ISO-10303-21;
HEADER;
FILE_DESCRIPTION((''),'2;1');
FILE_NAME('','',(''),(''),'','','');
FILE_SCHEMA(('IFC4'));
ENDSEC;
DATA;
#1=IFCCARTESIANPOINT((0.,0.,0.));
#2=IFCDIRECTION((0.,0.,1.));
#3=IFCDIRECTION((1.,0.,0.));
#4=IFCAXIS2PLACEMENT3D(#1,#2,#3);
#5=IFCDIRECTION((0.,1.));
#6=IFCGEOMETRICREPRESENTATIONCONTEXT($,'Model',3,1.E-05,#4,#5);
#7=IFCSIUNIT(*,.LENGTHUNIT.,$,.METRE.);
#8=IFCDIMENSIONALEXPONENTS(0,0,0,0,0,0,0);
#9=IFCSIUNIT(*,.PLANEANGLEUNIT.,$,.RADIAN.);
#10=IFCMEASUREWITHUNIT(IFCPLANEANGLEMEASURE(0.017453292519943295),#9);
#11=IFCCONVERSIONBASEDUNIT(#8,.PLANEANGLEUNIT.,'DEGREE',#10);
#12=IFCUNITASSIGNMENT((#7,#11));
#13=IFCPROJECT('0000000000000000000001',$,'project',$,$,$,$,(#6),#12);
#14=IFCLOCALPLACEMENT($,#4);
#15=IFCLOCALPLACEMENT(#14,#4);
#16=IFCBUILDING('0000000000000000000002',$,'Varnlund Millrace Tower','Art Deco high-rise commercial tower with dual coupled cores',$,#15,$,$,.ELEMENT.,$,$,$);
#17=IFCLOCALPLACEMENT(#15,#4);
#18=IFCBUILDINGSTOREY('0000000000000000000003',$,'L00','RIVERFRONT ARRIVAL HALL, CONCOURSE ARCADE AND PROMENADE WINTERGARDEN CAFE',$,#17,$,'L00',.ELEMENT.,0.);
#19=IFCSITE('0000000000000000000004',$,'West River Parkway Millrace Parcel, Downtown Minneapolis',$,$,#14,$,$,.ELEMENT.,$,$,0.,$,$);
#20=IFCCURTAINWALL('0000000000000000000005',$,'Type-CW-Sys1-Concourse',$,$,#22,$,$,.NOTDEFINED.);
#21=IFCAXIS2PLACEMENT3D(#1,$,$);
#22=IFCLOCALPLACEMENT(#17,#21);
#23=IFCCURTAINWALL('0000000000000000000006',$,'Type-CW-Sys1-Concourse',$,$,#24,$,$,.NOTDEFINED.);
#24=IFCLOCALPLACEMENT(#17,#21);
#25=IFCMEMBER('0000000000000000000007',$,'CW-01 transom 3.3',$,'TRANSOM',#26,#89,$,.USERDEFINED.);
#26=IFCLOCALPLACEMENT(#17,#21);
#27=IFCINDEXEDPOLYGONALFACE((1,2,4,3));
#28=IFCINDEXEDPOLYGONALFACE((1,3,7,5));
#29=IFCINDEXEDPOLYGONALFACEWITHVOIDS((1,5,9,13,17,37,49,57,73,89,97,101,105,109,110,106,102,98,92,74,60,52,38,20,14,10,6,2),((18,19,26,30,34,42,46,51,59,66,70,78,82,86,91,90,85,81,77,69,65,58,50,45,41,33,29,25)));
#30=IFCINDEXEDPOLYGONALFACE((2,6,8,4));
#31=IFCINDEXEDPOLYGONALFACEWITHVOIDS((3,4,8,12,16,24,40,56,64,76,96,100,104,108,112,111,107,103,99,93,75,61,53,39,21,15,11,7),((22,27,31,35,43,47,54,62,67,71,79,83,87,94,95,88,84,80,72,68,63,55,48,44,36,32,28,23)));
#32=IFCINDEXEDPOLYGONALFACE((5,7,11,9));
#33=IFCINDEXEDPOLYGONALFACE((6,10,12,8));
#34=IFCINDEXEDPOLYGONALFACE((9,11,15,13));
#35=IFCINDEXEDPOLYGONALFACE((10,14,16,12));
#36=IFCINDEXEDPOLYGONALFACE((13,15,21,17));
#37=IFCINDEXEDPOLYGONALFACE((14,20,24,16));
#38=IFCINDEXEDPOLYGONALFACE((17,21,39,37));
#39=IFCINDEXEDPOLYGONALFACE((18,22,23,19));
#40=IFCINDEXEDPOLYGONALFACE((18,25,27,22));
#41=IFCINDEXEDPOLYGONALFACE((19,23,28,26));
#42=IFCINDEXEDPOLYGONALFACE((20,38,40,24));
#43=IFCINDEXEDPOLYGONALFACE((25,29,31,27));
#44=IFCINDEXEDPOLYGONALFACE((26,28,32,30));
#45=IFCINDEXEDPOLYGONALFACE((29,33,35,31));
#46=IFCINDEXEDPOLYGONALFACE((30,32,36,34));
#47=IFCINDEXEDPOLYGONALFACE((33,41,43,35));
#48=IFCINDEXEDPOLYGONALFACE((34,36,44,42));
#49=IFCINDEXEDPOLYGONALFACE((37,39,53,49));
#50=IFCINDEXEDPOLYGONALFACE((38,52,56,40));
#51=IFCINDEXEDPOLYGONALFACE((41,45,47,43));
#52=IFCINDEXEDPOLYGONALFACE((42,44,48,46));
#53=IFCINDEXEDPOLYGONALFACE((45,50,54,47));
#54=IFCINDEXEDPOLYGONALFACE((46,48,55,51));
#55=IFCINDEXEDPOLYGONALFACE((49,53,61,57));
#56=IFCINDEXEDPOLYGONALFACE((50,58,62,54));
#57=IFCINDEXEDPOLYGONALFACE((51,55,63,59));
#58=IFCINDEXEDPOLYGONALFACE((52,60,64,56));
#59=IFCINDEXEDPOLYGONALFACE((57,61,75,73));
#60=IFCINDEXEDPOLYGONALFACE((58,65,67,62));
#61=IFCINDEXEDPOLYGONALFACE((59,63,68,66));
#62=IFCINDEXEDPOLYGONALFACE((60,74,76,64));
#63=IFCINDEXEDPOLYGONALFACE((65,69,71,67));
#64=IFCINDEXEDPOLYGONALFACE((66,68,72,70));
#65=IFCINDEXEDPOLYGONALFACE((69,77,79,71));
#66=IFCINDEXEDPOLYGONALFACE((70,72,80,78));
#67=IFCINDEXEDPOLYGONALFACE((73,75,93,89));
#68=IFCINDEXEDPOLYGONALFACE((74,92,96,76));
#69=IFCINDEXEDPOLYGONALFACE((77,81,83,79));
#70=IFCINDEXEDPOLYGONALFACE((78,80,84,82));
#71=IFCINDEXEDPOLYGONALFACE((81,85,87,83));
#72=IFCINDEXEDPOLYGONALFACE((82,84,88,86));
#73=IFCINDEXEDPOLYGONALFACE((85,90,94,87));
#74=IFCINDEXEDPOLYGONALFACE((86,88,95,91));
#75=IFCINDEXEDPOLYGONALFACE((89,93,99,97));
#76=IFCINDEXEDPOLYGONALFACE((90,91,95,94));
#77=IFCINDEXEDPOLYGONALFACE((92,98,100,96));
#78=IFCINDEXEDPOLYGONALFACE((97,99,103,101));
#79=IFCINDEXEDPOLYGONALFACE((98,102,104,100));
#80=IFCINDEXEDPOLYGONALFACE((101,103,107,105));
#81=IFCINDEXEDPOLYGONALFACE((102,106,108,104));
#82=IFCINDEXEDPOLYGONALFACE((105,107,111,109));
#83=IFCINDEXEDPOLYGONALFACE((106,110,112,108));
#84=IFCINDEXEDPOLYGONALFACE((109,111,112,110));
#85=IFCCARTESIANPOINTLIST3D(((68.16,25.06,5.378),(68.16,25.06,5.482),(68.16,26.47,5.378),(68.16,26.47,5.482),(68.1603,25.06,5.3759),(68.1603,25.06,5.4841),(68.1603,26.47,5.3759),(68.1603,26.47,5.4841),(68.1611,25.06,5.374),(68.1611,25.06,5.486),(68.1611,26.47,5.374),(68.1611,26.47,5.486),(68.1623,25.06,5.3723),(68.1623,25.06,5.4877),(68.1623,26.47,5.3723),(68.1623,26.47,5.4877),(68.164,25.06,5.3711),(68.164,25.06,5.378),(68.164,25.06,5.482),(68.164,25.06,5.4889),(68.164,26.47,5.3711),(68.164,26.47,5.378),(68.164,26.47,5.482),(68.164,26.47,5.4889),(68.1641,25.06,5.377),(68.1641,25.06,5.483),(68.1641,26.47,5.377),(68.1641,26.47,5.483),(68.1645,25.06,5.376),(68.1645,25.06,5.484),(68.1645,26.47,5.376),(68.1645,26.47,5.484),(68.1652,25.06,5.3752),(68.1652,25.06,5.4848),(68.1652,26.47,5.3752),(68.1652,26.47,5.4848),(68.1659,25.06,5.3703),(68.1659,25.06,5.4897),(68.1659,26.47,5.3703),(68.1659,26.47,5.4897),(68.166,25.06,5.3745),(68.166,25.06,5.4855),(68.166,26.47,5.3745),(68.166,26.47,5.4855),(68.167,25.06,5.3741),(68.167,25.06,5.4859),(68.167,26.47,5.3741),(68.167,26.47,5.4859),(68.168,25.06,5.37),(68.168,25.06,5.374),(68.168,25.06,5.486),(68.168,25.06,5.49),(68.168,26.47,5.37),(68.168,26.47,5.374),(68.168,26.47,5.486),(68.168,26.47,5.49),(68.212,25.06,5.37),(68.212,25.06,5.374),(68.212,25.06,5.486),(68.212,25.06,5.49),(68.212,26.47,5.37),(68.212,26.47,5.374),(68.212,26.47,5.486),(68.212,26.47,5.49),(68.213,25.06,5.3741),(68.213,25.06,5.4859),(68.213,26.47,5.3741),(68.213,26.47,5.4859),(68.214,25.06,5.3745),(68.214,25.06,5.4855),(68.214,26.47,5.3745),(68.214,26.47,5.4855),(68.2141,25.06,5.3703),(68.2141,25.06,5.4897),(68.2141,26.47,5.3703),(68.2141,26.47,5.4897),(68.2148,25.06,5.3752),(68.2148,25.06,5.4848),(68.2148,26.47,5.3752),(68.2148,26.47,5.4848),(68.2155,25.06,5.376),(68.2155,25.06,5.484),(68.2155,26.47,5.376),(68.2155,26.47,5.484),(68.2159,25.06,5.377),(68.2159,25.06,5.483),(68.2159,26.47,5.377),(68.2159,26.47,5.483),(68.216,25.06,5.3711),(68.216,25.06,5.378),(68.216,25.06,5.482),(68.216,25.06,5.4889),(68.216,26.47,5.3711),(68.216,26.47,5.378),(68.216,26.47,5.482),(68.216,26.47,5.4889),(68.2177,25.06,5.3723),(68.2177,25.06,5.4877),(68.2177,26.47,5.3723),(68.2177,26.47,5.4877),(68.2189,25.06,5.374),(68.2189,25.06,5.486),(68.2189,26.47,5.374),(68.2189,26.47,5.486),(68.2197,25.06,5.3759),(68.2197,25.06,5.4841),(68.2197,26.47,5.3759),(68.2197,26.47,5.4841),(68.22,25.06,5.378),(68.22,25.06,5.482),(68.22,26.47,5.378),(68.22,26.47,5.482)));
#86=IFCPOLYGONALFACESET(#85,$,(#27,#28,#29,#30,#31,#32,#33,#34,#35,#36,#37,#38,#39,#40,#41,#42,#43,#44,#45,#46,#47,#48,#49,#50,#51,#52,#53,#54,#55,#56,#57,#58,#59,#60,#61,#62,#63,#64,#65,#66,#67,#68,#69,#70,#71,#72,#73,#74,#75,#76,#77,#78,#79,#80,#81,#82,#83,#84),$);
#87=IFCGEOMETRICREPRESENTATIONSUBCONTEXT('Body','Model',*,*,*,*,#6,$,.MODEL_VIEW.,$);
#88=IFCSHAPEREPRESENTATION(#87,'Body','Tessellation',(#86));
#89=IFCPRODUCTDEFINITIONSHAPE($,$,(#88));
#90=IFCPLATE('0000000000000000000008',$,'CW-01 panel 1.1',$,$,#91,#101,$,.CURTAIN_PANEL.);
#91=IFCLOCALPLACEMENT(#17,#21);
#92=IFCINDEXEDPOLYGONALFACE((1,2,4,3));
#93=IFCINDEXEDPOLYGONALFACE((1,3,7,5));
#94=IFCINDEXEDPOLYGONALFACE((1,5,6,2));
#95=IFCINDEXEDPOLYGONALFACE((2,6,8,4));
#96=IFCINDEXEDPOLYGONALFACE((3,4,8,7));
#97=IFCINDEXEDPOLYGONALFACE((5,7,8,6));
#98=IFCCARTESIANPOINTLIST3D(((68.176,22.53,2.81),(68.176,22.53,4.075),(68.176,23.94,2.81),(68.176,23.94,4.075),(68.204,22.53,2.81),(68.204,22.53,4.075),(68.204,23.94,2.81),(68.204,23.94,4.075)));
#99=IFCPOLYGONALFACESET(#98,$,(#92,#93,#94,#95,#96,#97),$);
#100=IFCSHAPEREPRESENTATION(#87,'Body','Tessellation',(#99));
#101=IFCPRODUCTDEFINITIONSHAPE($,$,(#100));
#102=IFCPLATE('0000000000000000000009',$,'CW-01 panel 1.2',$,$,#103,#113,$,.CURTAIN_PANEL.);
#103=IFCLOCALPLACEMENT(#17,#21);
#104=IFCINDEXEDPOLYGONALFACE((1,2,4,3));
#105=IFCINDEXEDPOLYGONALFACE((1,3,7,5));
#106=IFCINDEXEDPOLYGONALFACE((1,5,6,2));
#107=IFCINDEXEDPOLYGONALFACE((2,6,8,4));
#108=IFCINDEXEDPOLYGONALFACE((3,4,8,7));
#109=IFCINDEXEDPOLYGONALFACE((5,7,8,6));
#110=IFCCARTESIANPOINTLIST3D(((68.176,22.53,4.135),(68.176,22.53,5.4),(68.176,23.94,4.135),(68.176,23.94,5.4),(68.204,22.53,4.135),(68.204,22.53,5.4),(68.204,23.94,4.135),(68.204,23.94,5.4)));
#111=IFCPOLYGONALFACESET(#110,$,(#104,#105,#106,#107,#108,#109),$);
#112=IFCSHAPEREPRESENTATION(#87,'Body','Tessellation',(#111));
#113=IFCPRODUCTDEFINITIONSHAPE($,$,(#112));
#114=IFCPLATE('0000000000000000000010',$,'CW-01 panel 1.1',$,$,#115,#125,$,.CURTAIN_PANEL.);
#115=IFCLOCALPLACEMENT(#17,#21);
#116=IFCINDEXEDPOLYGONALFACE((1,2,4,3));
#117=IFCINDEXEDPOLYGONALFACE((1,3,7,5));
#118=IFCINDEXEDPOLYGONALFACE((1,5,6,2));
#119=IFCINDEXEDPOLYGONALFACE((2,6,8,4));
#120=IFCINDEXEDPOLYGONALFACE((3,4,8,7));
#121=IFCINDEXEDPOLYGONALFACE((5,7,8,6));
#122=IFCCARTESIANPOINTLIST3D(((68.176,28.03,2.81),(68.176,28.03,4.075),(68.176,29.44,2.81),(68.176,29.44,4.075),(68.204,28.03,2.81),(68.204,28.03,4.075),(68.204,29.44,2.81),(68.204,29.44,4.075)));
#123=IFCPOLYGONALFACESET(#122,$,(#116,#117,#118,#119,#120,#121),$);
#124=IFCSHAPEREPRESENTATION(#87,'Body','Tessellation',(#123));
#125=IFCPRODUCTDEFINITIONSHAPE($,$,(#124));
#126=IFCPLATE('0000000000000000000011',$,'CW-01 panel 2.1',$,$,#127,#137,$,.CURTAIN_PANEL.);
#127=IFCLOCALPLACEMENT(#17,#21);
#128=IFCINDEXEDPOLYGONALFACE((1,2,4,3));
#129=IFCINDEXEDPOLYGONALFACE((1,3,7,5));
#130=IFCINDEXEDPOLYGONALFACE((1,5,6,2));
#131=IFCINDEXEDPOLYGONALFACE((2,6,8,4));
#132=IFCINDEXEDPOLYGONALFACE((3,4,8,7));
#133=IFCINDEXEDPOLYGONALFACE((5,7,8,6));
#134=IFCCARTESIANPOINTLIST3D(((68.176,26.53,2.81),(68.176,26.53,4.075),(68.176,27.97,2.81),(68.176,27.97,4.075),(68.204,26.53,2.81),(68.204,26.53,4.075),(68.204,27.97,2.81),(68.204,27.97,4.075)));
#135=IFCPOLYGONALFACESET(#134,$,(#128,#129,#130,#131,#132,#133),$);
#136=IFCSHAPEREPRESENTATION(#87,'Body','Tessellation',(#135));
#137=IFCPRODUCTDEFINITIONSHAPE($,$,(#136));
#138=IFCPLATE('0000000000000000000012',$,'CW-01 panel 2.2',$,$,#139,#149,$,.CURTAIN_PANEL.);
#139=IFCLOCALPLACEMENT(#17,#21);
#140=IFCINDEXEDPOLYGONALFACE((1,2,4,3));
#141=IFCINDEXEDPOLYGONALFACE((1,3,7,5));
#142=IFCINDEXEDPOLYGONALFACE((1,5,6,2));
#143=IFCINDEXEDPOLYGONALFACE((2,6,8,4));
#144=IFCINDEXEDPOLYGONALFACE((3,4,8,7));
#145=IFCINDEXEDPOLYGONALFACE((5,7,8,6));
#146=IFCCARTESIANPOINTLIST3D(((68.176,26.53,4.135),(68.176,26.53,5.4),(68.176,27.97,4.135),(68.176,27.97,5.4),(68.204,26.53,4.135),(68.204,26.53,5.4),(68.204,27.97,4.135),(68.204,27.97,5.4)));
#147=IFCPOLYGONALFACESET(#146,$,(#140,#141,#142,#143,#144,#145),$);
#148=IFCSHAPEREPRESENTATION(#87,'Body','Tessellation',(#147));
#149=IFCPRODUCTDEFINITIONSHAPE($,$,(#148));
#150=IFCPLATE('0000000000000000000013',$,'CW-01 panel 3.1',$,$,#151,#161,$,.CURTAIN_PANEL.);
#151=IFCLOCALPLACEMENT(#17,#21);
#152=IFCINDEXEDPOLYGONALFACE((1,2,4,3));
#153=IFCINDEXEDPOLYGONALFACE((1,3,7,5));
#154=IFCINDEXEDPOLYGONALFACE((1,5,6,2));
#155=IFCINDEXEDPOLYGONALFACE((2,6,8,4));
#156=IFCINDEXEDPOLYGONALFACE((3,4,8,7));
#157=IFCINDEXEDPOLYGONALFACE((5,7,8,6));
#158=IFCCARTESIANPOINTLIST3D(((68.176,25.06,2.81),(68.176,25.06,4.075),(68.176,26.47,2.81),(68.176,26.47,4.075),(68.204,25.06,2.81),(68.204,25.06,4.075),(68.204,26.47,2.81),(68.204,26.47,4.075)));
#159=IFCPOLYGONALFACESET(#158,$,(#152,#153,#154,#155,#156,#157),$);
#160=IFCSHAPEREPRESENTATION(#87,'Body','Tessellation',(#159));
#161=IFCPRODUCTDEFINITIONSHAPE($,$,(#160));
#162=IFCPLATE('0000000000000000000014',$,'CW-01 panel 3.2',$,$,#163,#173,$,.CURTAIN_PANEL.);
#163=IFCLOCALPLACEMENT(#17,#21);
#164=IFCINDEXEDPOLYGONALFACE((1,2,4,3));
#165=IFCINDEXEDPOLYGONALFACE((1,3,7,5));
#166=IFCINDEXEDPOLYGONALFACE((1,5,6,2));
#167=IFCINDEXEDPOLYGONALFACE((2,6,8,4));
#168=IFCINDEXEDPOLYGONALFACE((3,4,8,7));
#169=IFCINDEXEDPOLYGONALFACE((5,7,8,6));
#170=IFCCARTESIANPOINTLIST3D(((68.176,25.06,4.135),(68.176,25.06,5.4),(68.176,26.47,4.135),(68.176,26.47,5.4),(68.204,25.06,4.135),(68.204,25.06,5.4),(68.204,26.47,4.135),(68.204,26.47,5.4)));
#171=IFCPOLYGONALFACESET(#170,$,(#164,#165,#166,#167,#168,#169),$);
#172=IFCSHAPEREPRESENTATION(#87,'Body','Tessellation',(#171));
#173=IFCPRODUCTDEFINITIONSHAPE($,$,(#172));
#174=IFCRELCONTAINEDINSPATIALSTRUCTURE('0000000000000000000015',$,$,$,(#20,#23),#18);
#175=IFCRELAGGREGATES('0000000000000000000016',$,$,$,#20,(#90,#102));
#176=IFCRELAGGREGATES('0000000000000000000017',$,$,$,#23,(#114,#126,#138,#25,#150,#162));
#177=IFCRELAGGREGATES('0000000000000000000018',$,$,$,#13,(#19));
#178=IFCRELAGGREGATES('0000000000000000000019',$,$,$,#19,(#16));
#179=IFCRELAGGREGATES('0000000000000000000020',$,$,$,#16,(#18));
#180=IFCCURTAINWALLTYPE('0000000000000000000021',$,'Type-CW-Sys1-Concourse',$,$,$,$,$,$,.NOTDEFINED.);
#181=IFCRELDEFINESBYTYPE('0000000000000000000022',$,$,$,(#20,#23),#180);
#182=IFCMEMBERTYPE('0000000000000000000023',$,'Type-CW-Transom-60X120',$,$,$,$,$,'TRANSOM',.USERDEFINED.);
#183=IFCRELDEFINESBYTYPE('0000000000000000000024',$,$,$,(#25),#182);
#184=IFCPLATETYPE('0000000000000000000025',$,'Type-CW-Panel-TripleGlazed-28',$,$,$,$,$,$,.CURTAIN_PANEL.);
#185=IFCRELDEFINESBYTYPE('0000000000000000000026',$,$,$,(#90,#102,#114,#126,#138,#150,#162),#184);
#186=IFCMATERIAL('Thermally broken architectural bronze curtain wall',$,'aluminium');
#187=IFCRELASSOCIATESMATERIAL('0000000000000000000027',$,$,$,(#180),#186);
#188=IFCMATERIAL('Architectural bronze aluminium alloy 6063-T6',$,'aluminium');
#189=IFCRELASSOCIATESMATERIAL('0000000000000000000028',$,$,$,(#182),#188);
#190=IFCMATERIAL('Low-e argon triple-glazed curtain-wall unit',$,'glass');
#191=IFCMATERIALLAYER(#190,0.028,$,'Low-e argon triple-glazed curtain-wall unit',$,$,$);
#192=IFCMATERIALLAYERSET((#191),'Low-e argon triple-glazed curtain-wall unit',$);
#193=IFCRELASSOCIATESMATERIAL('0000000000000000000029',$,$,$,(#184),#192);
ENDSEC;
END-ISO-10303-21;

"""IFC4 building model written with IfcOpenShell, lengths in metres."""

from ifc_helpers import new_model, entity, si_unit, converted_unit, direction, frame, origin_with_axes, origin_2d_with_axis, place, context, subcontext, project, spatial, rectangle, hollow_rectangle, extrude, material, layer, layer_set, material_profile, profile_set, type_object, element, aggregate, save


model = new_model("IFC4")

# Units and contexts
model_context = context("Model", 3, precision=1e-05, world=origin_with_axes(), true_north=direction((0.0, 1.0)))
body_context = subcontext(model_context, "Body", "Model", "MODEL_VIEW")
ifc_project = project(units=[si_unit("LENGTHUNIT", "METRE"), converted_unit("PLANEANGLEUNIT", "DEGREE", entity("IfcPlaneAngleMeasure", 0.017453292519943295), si_unit("PLANEANGLEUNIT", "RADIAN"), dimensions=[0, 0, 0, 0, 0, 0, 0])], contexts=[model_context])

# Site, building, storey
site_placement = place(None, origin_with_axes())
site = spatial("IfcSite", under=ifc_project, at=site_placement, Name="West River Parkway Millrace Parcel, Downtown Minneapolis", CompositionType="ELEMENT", RefElevation=0.0)
building_placement = place(site_placement, origin_with_axes())
building = spatial("IfcBuilding", under=site, at=building_placement, Name="Varnlund Millrace Tower", Description="Art Deco high-rise commercial tower with dual coupled cores", CompositionType="ELEMENT")
storey_placement = place(building_placement, origin_with_axes())
storey = spatial("IfcBuildingStorey", under=building, at=storey_placement, Name="L00", Description="RIVERFRONT ARRIVAL HALL, CONCOURSE ARCADE AND PROMENADE WINTERGARDEN CAFE", LongName="L00", CompositionType="ELEMENT", Elevation=0.0)

# Curtain walls
ifc_material_1 = material(Name="Thermally broken architectural bronze curtain wall", Category="aluminium")
curtain_wall_type = type_object("IfcCurtainWallType", Name="Type-CW-Sys1-Concourse", PredefinedType="NOTDEFINED", material=ifc_material_1)
curtain_wall_1_placement = place(storey_placement, frame((68.19, 24.0, 2.75), z_axis=(0.0, 0.0, 1.0), x_axis=(1.0, 0.0, 0.0)))
curtain_wall_1 = element("IfcCurtainWall", 1, at=curtain_wall_1_placement, inside=storey, type_object=curtain_wall_type, Name="Type-CW-Sys1-Concourse", PredefinedType="NOTDEFINED")
ifc_material_2 = material(Name="Architectural bronze aluminium alloy 6063-T6", Category="aluminium")
curtain_wall_2_placement = place(storey_placement, frame((68.19, 29.5, 2.75), z_axis=(0.0, 0.0, 1.0), x_axis=(1.0, 0.0, 0.0)))
curtain_wall_2 = element("IfcCurtainWall", 2, at=curtain_wall_2_placement, inside=storey, type_object=curtain_wall_type, Name="Type-CW-Sys1-Concourse", PredefinedType="NOTDEFINED")

# Member
ifc_material_profile_1 = material_profile(ifc_material_2, hollow_rectangle(XDim=0.06, YDim=0.12, WallThickness=0.004, InnerFilletRadius=0.004, OuterFilletRadius=0.008, at=origin_2d_with_axis()), Name="Architectural bronze aluminium alloy 6063-T6")
ifc_profile_set_1 = profile_set([ifc_material_profile_1], Name="Architectural bronze aluminium alloy 6063-T6")
member_type_1 = type_object("IfcMemberType", Name="Type-CW-Transom-60X120", ElementType="TRANSOM", PredefinedType="USERDEFINED", material=ifc_profile_set_1)
member_1_placement = place(storey_placement, frame((68.19, 26.47, 5.43), z_axis=(0.0, -1.0, 0.0), x_axis=(1.0, 0.0, 0.0)))
member_1 = element("IfcMember", 3, at=member_1_placement, type_object=member_type_1, Name="CW-01 transom 3.3", ObjectType="TRANSOM", PredefinedType="USERDEFINED", context=body_context, shape_type="SweptSolid", body=[
    extrude(hollow_rectangle(XDim=0.06, YDim=0.12, WallThickness=0.004, InnerFilletRadius=0.004, OuterFilletRadius=0.008, at=origin_2d_with_axis()), origin_with_axes(), (0.0, 0.0, 1.0), 1.41),
])

# Plates
ifc_material_3 = material(Name="Low-e argon triple-glazed curtain-wall unit", Category="glass")
ifc_layer = layer(ifc_material_3, 0.028, Name="Low-e argon triple-glazed curtain-wall unit")
ifc_layer_set = layer_set([ifc_layer], Name="Low-e argon triple-glazed curtain-wall unit")
plate_type = type_object("IfcPlateType", Name="Type-CW-Panel-TripleGlazed-28", PredefinedType="CURTAIN_PANEL", material=ifc_layer_set)
plate_1_placement = place(storey_placement, frame((68.19, 23.235, 2.81), z_axis=(0.0, 0.0, 1.0), x_axis=(0.0, -1.0, 0.0)))
plate_1 = element("IfcPlate", 4, at=plate_1_placement, type_object=plate_type, Name="CW-01 panel 1.1", PredefinedType="CURTAIN_PANEL", context=body_context, shape_type="SweptSolid", body=[
    extrude(rectangle(XDim=1.41, YDim=0.028, at=origin_2d_with_axis()), origin_with_axes(), (0.0, 0.0, 1.0), 1.265),
])
plate_2_placement = place(storey_placement, frame((68.19, 23.235, 4.135), z_axis=(0.0, 0.0, 1.0), x_axis=(0.0, -1.0, 0.0)))
plate_2 = element("IfcPlate", 5, at=plate_2_placement, type_object=plate_type, Name="CW-01 panel 1.2", PredefinedType="CURTAIN_PANEL", context=body_context, shape_type="SweptSolid", body=[
    extrude(rectangle(XDim=1.41, YDim=0.028, at=origin_2d_with_axis()), origin_with_axes(), (0.0, 0.0, 1.0), 1.265),
])
aggregate(curtain_wall_1, [plate_1, plate_2])
plate_3_placement = place(storey_placement, frame((68.19, 28.735, 2.81), z_axis=(0.0, 0.0, 1.0), x_axis=(0.0, -1.0, 0.0)))
plate_3 = element("IfcPlate", 6, at=plate_3_placement, type_object=plate_type, Name="CW-01 panel 1.1", PredefinedType="CURTAIN_PANEL", context=body_context, shape_type="SweptSolid", body=[
    extrude(rectangle(XDim=1.41, YDim=0.028, at=origin_2d_with_axis()), origin_with_axes(), (0.0, 0.0, 1.0), 1.265),
])
plate_4_placement = place(storey_placement, frame((68.19, 27.25, 2.81), z_axis=(0.0, 0.0, 1.0), x_axis=(0.0, -1.0, 0.0)))
plate_4 = element("IfcPlate", 7, at=plate_4_placement, type_object=plate_type, Name="CW-01 panel 2.1", PredefinedType="CURTAIN_PANEL", context=body_context, shape_type="SweptSolid", body=[
    extrude(rectangle(XDim=1.44, YDim=0.028, at=origin_2d_with_axis()), origin_with_axes(), (0.0, 0.0, 1.0), 1.265),
])
plate_5_placement = place(storey_placement, frame((68.19, 27.25, 4.135), z_axis=(0.0, 0.0, 1.0), x_axis=(0.0, -1.0, 0.0)))
plate_5 = element("IfcPlate", 8, at=plate_5_placement, type_object=plate_type, Name="CW-01 panel 2.2", PredefinedType="CURTAIN_PANEL", context=body_context, shape_type="SweptSolid", body=[
    extrude(rectangle(XDim=1.44, YDim=0.028, at=origin_2d_with_axis()), origin_with_axes(), (0.0, 0.0, 1.0), 1.265),
])
plate_6_placement = place(storey_placement, frame((68.19, 25.765, 2.81), z_axis=(0.0, 0.0, 1.0), x_axis=(0.0, -1.0, 0.0)))
plate_6 = element("IfcPlate", 9, at=plate_6_placement, type_object=plate_type, Name="CW-01 panel 3.1", PredefinedType="CURTAIN_PANEL", context=body_context, shape_type="SweptSolid", body=[
    extrude(rectangle(XDim=1.41, YDim=0.028, at=origin_2d_with_axis()), origin_with_axes(), (0.0, 0.0, 1.0), 1.265),
])
plate_7_placement = place(storey_placement, frame((68.19, 25.765, 4.135), z_axis=(0.0, 0.0, 1.0), x_axis=(0.0, -1.0, 0.0)))
plate_7 = element("IfcPlate", 10, at=plate_7_placement, type_object=plate_type, Name="CW-01 panel 3.2", PredefinedType="CURTAIN_PANEL", context=body_context, shape_type="SweptSolid", body=[
    extrude(rectangle(XDim=1.41, YDim=0.028, at=origin_2d_with_axis()), origin_with_axes(), (0.0, 0.0, 1.0), 1.265),
])
aggregate(curtain_wall_2, [plate_3, plate_4, plate_5, member_1, plate_6, plate_7])

save(model, "model.ifc")
